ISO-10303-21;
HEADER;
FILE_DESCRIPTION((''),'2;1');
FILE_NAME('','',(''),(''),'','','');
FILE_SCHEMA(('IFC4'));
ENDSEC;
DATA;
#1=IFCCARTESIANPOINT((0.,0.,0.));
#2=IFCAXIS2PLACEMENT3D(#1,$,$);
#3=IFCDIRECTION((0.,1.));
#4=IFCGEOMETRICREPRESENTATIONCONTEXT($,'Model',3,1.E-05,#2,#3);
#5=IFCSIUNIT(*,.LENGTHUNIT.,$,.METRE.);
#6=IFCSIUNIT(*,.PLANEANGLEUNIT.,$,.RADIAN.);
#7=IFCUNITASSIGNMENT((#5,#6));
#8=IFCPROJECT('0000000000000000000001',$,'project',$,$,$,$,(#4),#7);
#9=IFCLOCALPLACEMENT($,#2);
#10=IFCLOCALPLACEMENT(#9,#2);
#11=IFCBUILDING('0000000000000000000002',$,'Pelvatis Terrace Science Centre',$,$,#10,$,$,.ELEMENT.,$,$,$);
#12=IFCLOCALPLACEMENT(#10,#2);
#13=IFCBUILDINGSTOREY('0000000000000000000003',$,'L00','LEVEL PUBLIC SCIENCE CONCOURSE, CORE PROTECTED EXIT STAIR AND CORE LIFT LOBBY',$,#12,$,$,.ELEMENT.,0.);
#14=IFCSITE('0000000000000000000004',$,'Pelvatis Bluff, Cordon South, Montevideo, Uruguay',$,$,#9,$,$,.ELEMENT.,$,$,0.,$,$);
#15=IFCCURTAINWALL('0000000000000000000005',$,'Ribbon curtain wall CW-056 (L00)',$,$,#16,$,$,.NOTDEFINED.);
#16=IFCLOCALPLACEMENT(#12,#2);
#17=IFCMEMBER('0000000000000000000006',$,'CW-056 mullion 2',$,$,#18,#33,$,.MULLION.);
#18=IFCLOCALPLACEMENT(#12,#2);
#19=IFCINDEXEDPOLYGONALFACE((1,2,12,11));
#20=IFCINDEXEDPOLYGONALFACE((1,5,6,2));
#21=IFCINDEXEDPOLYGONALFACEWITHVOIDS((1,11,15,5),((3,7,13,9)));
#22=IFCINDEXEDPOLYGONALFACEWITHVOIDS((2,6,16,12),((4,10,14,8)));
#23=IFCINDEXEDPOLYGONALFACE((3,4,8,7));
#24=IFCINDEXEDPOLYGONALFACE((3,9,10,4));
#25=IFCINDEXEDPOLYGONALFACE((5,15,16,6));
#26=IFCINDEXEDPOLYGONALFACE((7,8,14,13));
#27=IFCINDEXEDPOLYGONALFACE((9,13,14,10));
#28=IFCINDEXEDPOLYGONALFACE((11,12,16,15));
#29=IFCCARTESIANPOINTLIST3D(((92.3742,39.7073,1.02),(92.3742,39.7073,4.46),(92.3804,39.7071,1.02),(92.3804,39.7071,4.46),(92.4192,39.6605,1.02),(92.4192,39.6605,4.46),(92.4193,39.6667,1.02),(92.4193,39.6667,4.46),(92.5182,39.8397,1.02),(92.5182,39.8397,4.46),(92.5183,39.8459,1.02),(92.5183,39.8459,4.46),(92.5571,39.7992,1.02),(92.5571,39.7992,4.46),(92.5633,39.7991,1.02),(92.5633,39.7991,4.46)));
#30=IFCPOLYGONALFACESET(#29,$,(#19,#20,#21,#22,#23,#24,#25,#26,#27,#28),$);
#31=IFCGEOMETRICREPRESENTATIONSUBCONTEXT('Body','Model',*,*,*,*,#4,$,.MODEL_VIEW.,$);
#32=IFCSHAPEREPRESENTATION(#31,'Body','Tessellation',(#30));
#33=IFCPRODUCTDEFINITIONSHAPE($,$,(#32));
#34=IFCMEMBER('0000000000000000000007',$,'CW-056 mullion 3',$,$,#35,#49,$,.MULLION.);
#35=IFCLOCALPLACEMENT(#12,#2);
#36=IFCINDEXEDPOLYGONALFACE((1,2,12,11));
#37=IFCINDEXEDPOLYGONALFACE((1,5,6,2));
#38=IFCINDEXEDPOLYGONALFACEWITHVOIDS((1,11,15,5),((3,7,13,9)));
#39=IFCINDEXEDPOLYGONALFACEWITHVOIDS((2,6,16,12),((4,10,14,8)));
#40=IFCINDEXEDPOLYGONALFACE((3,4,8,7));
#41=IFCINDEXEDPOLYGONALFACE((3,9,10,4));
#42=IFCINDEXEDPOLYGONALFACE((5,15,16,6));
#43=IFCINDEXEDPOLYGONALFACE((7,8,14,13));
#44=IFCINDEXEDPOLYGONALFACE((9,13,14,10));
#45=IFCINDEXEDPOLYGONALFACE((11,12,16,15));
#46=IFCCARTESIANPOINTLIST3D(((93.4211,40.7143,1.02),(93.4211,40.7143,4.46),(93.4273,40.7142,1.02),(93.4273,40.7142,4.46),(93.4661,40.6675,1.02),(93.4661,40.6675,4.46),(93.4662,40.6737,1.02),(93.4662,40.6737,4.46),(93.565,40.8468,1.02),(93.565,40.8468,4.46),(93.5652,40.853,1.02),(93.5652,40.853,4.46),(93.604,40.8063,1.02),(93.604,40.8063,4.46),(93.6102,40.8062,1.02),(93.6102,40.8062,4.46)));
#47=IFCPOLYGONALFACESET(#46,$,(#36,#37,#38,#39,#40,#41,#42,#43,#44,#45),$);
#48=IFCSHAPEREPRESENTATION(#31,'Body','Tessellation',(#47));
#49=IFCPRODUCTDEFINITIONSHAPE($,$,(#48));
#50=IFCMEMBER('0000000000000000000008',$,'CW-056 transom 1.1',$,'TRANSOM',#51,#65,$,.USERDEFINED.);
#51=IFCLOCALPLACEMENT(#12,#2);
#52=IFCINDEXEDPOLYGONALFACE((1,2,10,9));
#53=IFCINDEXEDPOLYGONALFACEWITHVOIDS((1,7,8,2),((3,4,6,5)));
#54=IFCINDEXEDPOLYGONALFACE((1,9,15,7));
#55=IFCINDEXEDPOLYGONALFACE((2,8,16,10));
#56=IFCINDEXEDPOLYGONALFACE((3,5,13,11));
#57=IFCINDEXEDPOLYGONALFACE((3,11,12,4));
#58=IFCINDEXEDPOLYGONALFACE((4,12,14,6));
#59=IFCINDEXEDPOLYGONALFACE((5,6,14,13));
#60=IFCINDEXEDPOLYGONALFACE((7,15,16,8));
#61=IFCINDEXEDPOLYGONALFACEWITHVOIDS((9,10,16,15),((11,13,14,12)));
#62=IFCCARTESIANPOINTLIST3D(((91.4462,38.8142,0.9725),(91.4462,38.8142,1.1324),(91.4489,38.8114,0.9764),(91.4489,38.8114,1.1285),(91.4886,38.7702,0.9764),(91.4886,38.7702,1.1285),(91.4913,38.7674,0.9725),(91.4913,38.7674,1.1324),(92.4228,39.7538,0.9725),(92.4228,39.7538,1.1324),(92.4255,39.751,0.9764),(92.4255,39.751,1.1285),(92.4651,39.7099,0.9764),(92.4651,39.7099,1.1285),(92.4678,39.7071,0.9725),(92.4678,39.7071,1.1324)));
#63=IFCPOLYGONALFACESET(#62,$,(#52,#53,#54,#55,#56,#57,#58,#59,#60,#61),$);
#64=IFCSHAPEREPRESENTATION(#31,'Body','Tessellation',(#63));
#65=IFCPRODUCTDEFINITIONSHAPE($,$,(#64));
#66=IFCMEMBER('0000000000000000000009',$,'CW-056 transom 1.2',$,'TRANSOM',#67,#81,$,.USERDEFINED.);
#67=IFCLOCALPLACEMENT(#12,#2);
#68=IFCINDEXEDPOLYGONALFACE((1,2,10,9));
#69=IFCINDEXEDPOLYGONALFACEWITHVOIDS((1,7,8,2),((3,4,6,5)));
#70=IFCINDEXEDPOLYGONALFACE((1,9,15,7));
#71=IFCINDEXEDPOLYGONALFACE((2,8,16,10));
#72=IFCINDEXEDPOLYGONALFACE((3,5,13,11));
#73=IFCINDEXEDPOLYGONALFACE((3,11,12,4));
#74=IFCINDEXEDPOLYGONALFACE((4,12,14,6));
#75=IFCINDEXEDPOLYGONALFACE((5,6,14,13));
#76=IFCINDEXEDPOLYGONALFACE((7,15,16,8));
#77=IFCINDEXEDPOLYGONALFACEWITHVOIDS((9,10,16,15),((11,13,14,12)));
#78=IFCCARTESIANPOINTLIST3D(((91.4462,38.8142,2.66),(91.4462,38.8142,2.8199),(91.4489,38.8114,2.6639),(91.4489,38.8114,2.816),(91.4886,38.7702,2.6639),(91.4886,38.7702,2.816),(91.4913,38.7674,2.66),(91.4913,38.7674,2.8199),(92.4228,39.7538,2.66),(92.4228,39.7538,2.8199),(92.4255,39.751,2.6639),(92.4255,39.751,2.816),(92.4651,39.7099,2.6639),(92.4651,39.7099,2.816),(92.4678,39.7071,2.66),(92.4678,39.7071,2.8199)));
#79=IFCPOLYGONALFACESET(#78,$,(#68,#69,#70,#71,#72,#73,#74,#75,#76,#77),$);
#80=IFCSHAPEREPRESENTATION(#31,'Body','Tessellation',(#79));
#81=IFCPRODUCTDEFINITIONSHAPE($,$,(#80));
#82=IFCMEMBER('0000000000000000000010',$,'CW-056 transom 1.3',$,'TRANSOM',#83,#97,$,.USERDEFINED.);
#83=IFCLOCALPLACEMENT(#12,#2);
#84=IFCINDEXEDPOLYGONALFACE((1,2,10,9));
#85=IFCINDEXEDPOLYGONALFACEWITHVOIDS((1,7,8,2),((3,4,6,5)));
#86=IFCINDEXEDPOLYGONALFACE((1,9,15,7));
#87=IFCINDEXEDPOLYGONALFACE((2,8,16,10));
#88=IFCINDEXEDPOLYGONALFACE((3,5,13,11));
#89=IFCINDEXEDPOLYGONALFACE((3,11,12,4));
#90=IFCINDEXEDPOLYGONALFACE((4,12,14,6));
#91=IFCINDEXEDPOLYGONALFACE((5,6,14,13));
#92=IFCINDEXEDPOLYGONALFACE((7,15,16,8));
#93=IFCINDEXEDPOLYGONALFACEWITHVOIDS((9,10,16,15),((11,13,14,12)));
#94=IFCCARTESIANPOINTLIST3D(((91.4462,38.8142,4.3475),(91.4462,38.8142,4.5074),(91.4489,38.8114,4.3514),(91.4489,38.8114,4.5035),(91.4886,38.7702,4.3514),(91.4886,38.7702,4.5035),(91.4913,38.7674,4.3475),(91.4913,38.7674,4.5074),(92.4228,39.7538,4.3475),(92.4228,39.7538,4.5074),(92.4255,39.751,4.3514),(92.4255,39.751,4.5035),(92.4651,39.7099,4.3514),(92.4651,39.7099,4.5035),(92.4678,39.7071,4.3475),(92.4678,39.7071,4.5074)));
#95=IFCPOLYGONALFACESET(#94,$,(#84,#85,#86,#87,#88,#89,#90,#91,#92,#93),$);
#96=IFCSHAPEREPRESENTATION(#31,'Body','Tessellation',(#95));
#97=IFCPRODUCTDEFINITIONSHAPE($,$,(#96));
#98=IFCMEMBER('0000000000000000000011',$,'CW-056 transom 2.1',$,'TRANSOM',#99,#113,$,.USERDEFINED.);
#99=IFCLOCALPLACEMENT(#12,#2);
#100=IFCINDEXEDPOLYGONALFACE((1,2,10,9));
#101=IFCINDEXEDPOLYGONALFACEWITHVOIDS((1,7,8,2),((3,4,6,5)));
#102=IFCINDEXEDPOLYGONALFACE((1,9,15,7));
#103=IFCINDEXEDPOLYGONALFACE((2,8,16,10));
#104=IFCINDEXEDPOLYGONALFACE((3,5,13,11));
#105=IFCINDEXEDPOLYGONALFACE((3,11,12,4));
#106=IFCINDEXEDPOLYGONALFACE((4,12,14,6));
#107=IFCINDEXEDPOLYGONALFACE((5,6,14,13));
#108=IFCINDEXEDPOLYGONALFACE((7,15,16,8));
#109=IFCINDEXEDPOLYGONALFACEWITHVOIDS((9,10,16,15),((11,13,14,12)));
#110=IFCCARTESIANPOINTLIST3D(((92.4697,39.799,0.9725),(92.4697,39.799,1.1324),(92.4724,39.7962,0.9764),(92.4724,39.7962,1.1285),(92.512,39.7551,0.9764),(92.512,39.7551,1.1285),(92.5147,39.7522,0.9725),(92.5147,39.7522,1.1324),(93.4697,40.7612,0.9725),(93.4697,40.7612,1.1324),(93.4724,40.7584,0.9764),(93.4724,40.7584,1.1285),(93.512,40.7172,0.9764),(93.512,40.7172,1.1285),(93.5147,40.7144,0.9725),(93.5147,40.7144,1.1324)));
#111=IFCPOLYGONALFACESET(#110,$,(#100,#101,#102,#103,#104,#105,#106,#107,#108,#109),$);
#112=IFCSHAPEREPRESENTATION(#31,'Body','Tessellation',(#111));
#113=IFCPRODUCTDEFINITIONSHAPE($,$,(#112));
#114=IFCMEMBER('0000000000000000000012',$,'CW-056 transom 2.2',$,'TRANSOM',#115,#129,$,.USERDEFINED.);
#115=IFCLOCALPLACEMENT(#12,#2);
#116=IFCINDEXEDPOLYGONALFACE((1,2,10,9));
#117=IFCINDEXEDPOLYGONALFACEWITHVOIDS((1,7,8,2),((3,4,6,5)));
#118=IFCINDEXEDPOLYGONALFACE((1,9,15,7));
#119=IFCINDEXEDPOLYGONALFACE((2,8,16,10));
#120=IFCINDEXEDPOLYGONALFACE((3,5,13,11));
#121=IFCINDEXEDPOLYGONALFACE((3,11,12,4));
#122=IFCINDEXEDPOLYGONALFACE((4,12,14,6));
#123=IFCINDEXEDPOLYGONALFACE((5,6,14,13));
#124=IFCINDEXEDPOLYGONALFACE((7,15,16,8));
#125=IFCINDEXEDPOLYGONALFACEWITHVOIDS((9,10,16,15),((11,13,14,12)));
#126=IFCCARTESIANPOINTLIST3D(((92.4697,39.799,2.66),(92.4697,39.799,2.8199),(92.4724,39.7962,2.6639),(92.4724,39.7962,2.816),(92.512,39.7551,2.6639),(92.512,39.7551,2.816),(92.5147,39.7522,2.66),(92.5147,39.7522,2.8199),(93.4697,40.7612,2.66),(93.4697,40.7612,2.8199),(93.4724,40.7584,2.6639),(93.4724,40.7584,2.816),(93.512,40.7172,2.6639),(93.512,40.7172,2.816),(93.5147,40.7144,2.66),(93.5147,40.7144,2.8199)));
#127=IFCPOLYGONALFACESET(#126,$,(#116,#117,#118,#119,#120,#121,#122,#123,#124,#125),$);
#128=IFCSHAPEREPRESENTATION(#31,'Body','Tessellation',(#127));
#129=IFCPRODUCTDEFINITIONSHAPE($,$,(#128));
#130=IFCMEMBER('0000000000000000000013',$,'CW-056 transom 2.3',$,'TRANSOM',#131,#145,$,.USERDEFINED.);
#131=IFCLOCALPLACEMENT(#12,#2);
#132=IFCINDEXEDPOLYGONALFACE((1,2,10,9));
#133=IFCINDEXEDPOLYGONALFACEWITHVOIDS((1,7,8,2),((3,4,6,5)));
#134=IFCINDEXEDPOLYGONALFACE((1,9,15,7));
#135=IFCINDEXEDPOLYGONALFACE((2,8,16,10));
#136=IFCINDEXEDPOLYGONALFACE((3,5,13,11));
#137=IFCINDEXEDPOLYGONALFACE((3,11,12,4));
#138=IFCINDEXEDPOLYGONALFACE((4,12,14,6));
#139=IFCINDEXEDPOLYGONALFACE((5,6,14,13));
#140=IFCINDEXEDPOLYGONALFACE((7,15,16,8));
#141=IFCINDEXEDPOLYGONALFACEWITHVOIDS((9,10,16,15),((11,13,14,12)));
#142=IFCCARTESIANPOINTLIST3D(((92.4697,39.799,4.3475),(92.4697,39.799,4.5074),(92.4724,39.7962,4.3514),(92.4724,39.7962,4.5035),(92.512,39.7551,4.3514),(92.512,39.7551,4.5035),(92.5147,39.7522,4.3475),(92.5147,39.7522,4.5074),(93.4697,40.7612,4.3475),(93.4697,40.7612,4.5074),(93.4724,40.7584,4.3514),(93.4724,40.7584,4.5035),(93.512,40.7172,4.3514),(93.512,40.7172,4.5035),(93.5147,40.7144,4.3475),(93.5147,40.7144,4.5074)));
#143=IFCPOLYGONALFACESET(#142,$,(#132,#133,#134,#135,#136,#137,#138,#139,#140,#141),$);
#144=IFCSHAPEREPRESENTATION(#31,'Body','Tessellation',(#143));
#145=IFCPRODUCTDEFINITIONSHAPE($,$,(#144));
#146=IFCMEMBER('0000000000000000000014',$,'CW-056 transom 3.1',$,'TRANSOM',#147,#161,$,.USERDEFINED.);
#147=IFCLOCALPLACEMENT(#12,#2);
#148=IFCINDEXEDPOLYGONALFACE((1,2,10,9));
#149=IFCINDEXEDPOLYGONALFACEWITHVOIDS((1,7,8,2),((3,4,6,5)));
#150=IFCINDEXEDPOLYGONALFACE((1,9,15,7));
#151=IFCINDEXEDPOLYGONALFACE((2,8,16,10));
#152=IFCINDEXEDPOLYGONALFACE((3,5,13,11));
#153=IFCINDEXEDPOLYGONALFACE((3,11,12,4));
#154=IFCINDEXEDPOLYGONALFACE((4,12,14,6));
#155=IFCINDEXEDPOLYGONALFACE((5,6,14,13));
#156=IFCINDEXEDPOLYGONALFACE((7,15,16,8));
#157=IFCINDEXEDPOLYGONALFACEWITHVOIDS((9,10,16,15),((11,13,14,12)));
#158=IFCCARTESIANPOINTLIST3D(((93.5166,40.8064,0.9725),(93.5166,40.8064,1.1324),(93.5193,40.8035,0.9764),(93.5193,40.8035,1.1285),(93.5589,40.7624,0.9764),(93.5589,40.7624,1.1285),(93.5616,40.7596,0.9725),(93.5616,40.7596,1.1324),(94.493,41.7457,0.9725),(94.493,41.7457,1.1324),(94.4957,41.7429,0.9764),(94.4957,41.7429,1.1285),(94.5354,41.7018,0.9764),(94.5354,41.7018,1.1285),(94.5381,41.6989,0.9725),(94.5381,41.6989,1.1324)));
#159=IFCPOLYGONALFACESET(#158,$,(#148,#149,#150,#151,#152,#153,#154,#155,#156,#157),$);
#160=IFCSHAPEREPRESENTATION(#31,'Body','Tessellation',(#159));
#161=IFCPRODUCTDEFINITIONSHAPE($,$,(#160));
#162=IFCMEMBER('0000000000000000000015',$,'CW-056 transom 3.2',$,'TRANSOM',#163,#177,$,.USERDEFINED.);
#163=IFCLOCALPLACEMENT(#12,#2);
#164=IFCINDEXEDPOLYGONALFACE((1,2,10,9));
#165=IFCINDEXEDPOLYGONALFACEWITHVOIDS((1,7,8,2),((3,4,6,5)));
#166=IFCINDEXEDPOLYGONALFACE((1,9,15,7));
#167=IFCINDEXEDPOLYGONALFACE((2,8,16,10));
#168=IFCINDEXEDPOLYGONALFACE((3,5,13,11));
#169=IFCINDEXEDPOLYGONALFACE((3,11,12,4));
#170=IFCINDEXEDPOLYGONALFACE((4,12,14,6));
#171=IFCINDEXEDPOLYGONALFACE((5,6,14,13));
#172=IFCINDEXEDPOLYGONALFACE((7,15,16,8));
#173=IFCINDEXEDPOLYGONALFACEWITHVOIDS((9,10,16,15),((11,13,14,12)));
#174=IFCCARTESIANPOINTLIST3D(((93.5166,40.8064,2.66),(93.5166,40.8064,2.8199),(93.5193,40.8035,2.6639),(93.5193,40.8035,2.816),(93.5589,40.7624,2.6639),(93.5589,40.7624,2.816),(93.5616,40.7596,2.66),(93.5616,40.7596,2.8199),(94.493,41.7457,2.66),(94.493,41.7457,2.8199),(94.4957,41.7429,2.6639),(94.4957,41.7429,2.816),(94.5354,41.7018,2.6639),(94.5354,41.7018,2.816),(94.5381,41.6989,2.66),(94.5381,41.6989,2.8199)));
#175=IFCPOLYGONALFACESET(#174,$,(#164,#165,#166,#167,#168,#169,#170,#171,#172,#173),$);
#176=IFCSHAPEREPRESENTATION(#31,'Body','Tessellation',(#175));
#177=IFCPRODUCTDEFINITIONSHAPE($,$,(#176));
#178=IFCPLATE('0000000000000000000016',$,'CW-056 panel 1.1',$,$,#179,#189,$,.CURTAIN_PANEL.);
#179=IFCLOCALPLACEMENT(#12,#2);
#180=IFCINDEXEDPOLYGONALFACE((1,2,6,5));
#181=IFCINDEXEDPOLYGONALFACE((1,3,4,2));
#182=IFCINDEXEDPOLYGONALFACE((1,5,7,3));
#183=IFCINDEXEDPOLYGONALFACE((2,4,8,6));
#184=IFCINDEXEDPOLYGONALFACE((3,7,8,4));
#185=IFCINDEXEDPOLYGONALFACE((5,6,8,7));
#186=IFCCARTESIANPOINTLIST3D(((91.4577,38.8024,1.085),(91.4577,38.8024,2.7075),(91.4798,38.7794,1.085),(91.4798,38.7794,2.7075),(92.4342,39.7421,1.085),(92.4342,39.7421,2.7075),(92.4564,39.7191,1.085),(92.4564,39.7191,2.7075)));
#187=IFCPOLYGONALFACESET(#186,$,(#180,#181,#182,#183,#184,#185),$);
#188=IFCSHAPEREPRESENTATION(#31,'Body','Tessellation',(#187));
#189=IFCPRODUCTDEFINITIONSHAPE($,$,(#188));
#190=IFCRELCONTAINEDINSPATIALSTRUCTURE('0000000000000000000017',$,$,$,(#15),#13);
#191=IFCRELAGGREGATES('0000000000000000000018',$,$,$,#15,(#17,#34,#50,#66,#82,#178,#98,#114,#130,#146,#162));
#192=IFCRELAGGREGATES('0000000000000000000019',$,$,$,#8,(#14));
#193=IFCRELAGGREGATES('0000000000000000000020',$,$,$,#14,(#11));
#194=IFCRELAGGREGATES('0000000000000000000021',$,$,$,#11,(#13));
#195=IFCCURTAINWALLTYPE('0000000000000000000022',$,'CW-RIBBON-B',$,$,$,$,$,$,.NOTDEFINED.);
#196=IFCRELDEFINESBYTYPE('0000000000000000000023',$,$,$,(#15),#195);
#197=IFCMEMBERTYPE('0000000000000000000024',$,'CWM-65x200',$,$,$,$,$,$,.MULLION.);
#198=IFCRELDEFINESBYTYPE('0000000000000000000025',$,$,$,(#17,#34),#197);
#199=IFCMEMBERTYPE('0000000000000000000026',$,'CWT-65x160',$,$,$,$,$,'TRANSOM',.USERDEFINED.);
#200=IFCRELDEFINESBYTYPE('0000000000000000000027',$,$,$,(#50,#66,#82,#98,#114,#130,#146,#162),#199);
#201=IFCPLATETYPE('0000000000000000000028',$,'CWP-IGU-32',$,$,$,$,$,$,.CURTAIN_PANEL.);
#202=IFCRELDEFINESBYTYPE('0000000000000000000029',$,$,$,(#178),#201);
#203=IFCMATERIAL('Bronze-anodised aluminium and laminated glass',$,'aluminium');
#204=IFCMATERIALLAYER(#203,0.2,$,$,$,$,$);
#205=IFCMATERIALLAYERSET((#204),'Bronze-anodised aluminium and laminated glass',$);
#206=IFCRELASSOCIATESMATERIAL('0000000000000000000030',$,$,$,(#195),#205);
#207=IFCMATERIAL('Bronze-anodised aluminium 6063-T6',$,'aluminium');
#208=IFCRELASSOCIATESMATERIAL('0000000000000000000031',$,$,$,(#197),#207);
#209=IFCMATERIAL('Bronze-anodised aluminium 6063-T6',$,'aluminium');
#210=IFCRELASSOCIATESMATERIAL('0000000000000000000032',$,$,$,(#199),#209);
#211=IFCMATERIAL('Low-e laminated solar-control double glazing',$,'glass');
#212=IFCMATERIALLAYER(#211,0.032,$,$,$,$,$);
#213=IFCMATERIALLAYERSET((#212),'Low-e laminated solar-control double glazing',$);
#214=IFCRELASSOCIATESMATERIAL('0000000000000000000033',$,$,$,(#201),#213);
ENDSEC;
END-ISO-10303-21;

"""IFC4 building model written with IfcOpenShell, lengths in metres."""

from ifc_helpers import new_model, si_unit, direction, frame, origin, origin_2d, place, context, subcontext, project, spatial, rectangle, hollow_rectangle, extrude, material, layer, layer_set, material_profile, profile_set, type_object, element, aggregate, save


model = new_model("IFC4")

# Units and contexts
model_context = context("Model", 3, precision=1e-05, world=origin(), true_north=direction((0.0, 1.0)))
body_context = subcontext(model_context, "Body", "Model", "MODEL_VIEW")
ifc_project = project(units=[si_unit("LENGTHUNIT", "METRE"), si_unit("PLANEANGLEUNIT", "RADIAN")], contexts=[model_context])

# Site, building, storey
site_placement = place(None, origin())
site = spatial("IfcSite", under=ifc_project, at=site_placement, Name="Pelvatis Bluff, Cordon South, Montevideo, Uruguay", CompositionType="ELEMENT", RefElevation=0.0)
building_placement = place(site_placement, origin())
building = spatial("IfcBuilding", under=site, at=building_placement, Name="Pelvatis Terrace Science Centre", CompositionType="ELEMENT")
storey_placement = place(building_placement, origin())
storey = spatial("IfcBuildingStorey", under=building, at=storey_placement, Name="L00", Description="LEVEL PUBLIC SCIENCE CONCOURSE, CORE PROTECTED EXIT STAIR AND CORE LIFT LOBBY", CompositionType="ELEMENT", Elevation=0.0)

# Shared definitions
ifc_material_1 = material(Name="Bronze-anodised aluminium and laminated glass", Category="aluminium")
ifc_layer_1 = layer(ifc_material_1, 0.2)
ifc_layer_set_1 = layer_set([ifc_layer_1], Name="Bronze-anodised aluminium and laminated glass")
curtain_wall_type = type_object("IfcCurtainWallType", Name="CW-RIBBON-B", PredefinedType="NOTDEFINED", material=ifc_layer_set_1)
ifc_material_2 = material(Name="Bronze-anodised aluminium 6063-T6", Category="aluminium")
ifc_material_profile_1 = material_profile(ifc_material_2, hollow_rectangle(XDim=0.0649, YDim=0.2, WallThickness=0.0044, at=origin_2d()), Name="ALU-MUL 65x200")
ifc_profile_set_1 = profile_set([ifc_material_profile_1], Name="Bronze-anodised aluminium 6063-T6")
member_type_1 = type_object("IfcMemberType", Name="CWM-65x200", PredefinedType="MULLION", material=ifc_profile_set_1)

# Curtain wall, members, plate
curtain_wall_1_placement = place(storey_placement, origin())
curtain_wall_1 = element("IfcCurtainWall", 1, at=curtain_wall_1_placement, inside=storey, type_object=curtain_wall_type, Name="Ribbon curtain wall CW-056 (L00)", PredefinedType="NOTDEFINED")
member_1_placement = place(storey_placement, frame((92.4688, 39.7532, 1.02), z_axis=(0.0, 0.0, 1.0), x_axis=(-0.693369, 0.720583, 0.0)))
member_1 = element("IfcMember", 2, at=member_1_placement, type_object=member_type_1, Name="CW-056 mullion 2", PredefinedType="MULLION", context=body_context, shape_type="SweptSolid", body=[
    extrude(hollow_rectangle(XDim=0.0649, YDim=0.2, WallThickness=0.0044, at=origin_2d()), origin(), (0.0, 0.0, 1.0), 3.4399),
])
member_2_placement = place(storey_placement, frame((93.5156, 40.7603, 1.02), z_axis=(0.0, 0.0, 1.0), x_axis=(-0.693369, 0.720583, 0.0)))
member_2 = element("IfcMember", 3, at=member_2_placement, type_object=member_type_1, Name="CW-056 mullion 3", PredefinedType="MULLION", context=body_context, shape_type="SweptSolid", body=[
    extrude(hollow_rectangle(XDim=0.0649, YDim=0.2, WallThickness=0.0044, at=origin_2d()), origin(), (0.0, 0.0, 1.0), 3.4399),
])
ifc_material_3 = material(Name="Bronze-anodised aluminium 6063-T6", Category="aluminium")
ifc_material_profile_2 = material_profile(ifc_material_3, hollow_rectangle(XDim=0.0649, YDim=0.1599, WallThickness=0.0039, at=origin_2d()), Name="ALU-TRN 65x160")
ifc_profile_set_2 = profile_set([ifc_material_profile_2], Name="Bronze-anodised aluminium 6063-T6")
member_type_2 = type_object("IfcMemberType", Name="CWT-65x160", ElementType="TRANSOM", PredefinedType="USERDEFINED", material=ifc_profile_set_2)
member_3_placement = place(storey_placement, frame((91.4688, 38.7908, 1.0525), z_axis=(0.720577, 0.693375, 0.0), x_axis=(-0.693375, 0.720577, 0.0)))
member_3 = element("IfcMember", 4, at=member_3_placement, type_object=member_type_2, Name="CW-056 transom 1.1", ObjectType="TRANSOM", PredefinedType="USERDEFINED", context=body_context, shape_type="SweptSolid", body=[
    extrude(hollow_rectangle(XDim=0.0649, YDim=0.1599, WallThickness=0.0039, at=origin_2d()), origin(), (0.0, 0.0, 1.0), 1.3552),
])
member_4_placement = place(storey_placement, frame((91.4688, 38.7908, 2.74), z_axis=(0.720577, 0.693375, 0.0), x_axis=(-0.693375, 0.720577, 0.0)))
member_4 = element("IfcMember", 5, at=member_4_placement, type_object=member_type_2, Name="CW-056 transom 1.2", ObjectType="TRANSOM", PredefinedType="USERDEFINED", context=body_context, shape_type="SweptSolid", body=[
    extrude(hollow_rectangle(XDim=0.0649, YDim=0.1599, WallThickness=0.0039, at=origin_2d()), origin(), (0.0, 0.0, 1.0), 1.3552),
])
member_5_placement = place(storey_placement, frame((91.4688, 38.7908, 4.4275), z_axis=(0.720577, 0.693375, 0.0), x_axis=(-0.693375, 0.720577, 0.0)))
member_5 = element("IfcMember", 6, at=member_5_placement, type_object=member_type_2, Name="CW-056 transom 1.3", ObjectType="TRANSOM", PredefinedType="USERDEFINED", context=body_context, shape_type="SweptSolid", body=[
    extrude(hollow_rectangle(XDim=0.0649, YDim=0.1599, WallThickness=0.0039, at=origin_2d()), origin(), (0.0, 0.0, 1.0), 1.3552),
])
member_6_placement = place(storey_placement, frame((92.4922, 39.7756, 1.0525), z_axis=(0.72061, 0.693341, 0.0), x_axis=(-0.693341, 0.72061, 0.0)))
member_6 = element("IfcMember", 7, at=member_6_placement, type_object=member_type_2, Name="CW-056 transom 2.1", ObjectType="TRANSOM", PredefinedType="USERDEFINED", context=body_context, shape_type="SweptSolid", body=[
    extrude(hollow_rectangle(XDim=0.0649, YDim=0.1599, WallThickness=0.0039, at=origin_2d()), origin(), (0.0, 0.0, 1.0), 1.3877),
])
member_7_placement = place(storey_placement, frame((92.4922, 39.7756, 2.74), z_axis=(0.72061, 0.693341, 0.0), x_axis=(-0.693341, 0.72061, 0.0)))
member_7 = element("IfcMember", 8, at=member_7_placement, type_object=member_type_2, Name="CW-056 transom 2.2", ObjectType="TRANSOM", PredefinedType="USERDEFINED", context=body_context, shape_type="SweptSolid", body=[
    extrude(hollow_rectangle(XDim=0.0649, YDim=0.1599, WallThickness=0.0039, at=origin_2d()), origin(), (0.0, 0.0, 1.0), 1.3877),
])
member_8_placement = place(storey_placement, frame((92.4922, 39.7756, 4.4275), z_axis=(0.72061, 0.693341, 0.0), x_axis=(-0.693341, 0.72061, 0.0)))
member_8 = element("IfcMember", 9, at=member_8_placement, type_object=member_type_2, Name="CW-056 transom 2.3", ObjectType="TRANSOM", PredefinedType="USERDEFINED", context=body_context, shape_type="SweptSolid", body=[
    extrude(hollow_rectangle(XDim=0.0649, YDim=0.1599, WallThickness=0.0039, at=origin_2d()), origin(), (0.0, 0.0, 1.0), 1.3877),
])
member_9_placement = place(storey_placement, frame((93.5391, 40.783, 1.0525), z_axis=(0.720667, 0.693282, 0.0), x_axis=(-0.693282, 0.720667, 0.0)))
member_9 = element("IfcMember", 10, at=member_9_placement, type_object=member_type_2, Name="CW-056 transom 3.1", ObjectType="TRANSOM", PredefinedType="USERDEFINED", context=body_context, shape_type="SweptSolid", body=[
    extrude(hollow_rectangle(XDim=0.0649, YDim=0.1599, WallThickness=0.0039, at=origin_2d()), origin(), (0.0, 0.0, 1.0), 1.355),
])
member_10_placement = place(storey_placement, frame((93.5391, 40.783, 2.74), z_axis=(0.720667, 0.693282, 0.0), x_axis=(-0.693282, 0.720667, 0.0)))
member_10 = element("IfcMember", 11, at=member_10_placement, type_object=member_type_2, Name="CW-056 transom 3.2", ObjectType="TRANSOM", PredefinedType="USERDEFINED", context=body_context, shape_type="SweptSolid", body=[
    extrude(hollow_rectangle(XDim=0.0649, YDim=0.1599, WallThickness=0.0039, at=origin_2d()), origin(), (0.0, 0.0, 1.0), 1.355),
])
ifc_material_4 = material(Name="Low-e laminated solar-control double glazing", Category="glass")
ifc_layer_2 = layer(ifc_material_4, 0.032)
ifc_layer_set_2 = layer_set([ifc_layer_2], Name="Low-e laminated solar-control double glazing")
plate_type = type_object("IfcPlateType", Name="CWP-IGU-32", PredefinedType="CURTAIN_PANEL", material=ifc_layer_set_2)
plate_1_placement = place(storey_placement, frame((91.957, 39.2607, 1.085), z_axis=(0.0, 0.0, 1.0), x_axis=(0.720583, 0.693369, 0.0)))
plate_1 = element("IfcPlate", 12, at=plate_1_placement, type_object=plate_type, Name="CW-056 panel 1.1", PredefinedType="CURTAIN_PANEL", context=body_context, shape_type="SweptSolid", body=[
    extrude(rectangle(XDim=1.3552, YDim=0.032, at=origin_2d()), origin(), (0.0, 0.0, 1.0), 1.6226),
])
aggregate(curtain_wall_1, [member_1, member_2, member_3, member_4, member_5, plate_1, member_6, member_7, member_8, member_9, member_10])

save(model, "model.ifc")
